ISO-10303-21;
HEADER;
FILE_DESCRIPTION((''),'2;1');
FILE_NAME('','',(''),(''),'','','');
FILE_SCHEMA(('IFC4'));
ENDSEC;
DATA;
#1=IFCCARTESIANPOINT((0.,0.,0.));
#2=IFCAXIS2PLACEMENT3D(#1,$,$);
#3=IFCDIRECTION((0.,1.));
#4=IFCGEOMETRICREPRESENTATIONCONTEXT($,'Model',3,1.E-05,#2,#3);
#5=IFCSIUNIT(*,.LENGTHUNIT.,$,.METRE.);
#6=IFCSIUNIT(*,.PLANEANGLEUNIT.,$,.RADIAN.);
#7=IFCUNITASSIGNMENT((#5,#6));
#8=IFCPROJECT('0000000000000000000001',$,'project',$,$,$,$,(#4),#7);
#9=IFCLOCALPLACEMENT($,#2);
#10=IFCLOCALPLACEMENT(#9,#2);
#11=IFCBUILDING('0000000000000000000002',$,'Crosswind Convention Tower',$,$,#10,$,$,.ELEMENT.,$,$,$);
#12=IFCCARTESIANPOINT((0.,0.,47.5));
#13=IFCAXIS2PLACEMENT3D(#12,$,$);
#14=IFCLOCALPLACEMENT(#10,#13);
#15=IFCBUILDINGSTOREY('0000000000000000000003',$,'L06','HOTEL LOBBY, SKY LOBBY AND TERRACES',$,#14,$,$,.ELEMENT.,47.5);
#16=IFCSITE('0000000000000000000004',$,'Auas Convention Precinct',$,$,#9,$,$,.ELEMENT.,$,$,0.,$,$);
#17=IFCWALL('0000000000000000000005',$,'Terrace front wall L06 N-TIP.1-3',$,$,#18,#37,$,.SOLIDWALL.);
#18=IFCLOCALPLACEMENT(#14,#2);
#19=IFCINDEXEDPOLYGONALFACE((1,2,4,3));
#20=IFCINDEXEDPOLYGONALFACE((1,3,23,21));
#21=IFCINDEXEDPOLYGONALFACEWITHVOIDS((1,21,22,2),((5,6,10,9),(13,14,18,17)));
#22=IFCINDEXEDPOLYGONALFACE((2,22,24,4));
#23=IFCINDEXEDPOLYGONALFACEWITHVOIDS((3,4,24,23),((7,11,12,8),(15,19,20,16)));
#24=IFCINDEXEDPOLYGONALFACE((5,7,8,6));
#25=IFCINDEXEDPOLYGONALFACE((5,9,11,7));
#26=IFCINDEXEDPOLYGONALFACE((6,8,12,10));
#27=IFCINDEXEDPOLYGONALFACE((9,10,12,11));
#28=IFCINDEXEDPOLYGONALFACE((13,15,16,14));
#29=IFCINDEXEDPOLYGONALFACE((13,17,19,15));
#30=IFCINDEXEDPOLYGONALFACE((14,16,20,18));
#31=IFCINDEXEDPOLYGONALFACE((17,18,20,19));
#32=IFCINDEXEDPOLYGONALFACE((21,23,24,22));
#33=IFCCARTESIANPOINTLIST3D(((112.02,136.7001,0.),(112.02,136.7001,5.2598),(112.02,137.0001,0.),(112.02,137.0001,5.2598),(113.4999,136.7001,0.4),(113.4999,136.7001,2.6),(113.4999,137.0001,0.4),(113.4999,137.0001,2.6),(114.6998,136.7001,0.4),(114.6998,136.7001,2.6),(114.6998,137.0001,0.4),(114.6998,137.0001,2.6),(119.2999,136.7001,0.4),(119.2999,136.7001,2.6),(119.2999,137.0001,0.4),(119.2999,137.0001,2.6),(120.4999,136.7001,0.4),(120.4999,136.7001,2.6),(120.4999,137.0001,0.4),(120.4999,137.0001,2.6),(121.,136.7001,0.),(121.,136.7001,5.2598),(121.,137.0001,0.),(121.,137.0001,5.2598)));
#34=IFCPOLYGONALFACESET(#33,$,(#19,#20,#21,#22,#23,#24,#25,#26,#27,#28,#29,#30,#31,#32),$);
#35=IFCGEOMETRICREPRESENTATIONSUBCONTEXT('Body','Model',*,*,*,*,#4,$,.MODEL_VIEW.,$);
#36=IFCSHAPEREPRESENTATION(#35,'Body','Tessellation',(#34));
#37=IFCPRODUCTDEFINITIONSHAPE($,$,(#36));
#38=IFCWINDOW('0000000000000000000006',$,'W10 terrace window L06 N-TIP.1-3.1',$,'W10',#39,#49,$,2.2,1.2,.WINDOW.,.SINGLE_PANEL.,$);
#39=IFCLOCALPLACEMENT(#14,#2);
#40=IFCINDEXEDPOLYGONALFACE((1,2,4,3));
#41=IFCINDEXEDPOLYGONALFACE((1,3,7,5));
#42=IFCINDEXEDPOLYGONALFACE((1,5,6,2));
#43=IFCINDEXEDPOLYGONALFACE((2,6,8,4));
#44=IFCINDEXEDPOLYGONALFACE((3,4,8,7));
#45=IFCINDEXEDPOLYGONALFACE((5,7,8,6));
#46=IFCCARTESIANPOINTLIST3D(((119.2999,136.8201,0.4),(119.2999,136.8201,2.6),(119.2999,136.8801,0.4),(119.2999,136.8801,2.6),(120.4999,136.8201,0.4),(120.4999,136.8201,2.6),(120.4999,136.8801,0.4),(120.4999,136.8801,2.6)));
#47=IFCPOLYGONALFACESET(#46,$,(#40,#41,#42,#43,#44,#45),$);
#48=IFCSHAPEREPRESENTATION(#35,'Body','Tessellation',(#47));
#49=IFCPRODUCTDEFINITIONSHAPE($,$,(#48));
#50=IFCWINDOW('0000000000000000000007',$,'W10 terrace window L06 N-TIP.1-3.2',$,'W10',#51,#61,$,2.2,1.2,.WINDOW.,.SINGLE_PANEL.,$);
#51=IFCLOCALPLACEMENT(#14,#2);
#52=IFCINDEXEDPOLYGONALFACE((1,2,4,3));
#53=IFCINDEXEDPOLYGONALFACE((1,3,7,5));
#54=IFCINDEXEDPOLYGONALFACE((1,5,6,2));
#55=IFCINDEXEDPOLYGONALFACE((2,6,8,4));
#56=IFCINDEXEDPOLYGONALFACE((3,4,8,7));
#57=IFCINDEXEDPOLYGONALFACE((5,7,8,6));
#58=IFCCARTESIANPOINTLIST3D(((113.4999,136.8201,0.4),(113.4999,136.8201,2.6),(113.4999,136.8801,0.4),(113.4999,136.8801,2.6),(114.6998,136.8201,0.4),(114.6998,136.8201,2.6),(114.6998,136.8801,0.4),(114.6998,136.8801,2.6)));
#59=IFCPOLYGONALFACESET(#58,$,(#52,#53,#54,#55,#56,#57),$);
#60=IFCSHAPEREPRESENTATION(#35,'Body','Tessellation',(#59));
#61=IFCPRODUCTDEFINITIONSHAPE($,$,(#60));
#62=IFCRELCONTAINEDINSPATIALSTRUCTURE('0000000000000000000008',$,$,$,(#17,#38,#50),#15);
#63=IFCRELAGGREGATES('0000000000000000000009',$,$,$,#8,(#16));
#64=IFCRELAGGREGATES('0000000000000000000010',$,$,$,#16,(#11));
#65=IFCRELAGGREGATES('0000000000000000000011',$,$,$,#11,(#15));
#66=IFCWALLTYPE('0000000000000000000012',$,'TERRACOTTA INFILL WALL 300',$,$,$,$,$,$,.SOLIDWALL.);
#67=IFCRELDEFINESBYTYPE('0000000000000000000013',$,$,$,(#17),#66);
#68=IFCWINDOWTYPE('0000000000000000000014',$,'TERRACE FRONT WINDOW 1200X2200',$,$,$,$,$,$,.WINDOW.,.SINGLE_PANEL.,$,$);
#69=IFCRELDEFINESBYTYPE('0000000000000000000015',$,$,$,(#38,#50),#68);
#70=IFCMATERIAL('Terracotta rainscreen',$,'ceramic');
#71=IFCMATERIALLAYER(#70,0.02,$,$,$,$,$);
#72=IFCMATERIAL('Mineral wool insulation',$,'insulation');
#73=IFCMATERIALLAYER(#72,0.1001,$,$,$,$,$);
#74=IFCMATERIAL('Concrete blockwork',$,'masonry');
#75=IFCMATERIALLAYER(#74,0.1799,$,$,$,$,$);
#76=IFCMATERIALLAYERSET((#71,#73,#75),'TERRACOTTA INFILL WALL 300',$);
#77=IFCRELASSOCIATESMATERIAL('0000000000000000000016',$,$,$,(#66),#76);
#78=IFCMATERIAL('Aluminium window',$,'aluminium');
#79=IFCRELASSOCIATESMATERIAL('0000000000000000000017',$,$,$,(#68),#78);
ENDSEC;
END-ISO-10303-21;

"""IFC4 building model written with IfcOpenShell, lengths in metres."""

from ifc_helpers import new_model, si_unit, direction, frame, frame_2d, origin, place, context, subcontext, project, spatial, rectangle, extrude, material, layer, layer_set, type_object, element, fill, save


model = new_model("IFC4")

# Units and contexts
model_context = context("Model", 3, precision=1e-05, world=origin(), true_north=direction((0.0, 1.0)))
body_context = subcontext(model_context, "Body", "Model", "MODEL_VIEW")
ifc_project = project(units=[si_unit("LENGTHUNIT", "METRE"), si_unit("PLANEANGLEUNIT", "RADIAN")], contexts=[model_context])

# Site, building, storey
site_placement = place(None, origin())
site = spatial("IfcSite", under=ifc_project, at=site_placement, Name="Auas Convention Precinct", CompositionType="ELEMENT", RefElevation=0.0)
building_placement = place(site_placement, origin())
building = spatial("IfcBuilding", under=site, at=building_placement, Name="Crosswind Convention Tower", CompositionType="ELEMENT")
storey_placement = place(building_placement, frame((0.0, 0.0, 47.5)))
storey = spatial("IfcBuildingStorey", under=building, at=storey_placement, Name="L06", Description="HOTEL LOBBY, SKY LOBBY AND TERRACES", CompositionType="ELEMENT", Elevation=47.5)

# Wall, openings, windows
ifc_material_1 = material(Name="Terracotta rainscreen", Category="ceramic")
ifc_layer_1 = layer(ifc_material_1, 0.02)
ifc_material_2 = material(Name="Mineral wool insulation", Category="insulation")
ifc_layer_2 = layer(ifc_material_2, 0.1001)
ifc_material_3 = material(Name="Concrete blockwork", Category="masonry")
ifc_layer_3 = layer(ifc_material_3, 0.1799)
ifc_layer_set_1 = layer_set([ifc_layer_1, ifc_layer_2, ifc_layer_3], Name="TERRACOTTA INFILL WALL 300")
wall_type_1 = type_object("IfcWallType", Name="TERRACOTTA INFILL WALL 300", PredefinedType="SOLIDWALL", material=ifc_layer_set_1)
wall_1_placement = place(storey_placement, frame((121.0, 136.8501, 0.0), z_axis=(0.0, 0.0, 1.0), x_axis=(-1.0, 0.0, 0.0)))
wall_1 = element("IfcWall", 1, at=wall_1_placement, inside=storey, type_object=wall_type_1, Name="Terrace front wall L06 N-TIP.1-3", PredefinedType="SOLIDWALL", context=body_context, shape_type="SweptSolid", body=[
    extrude(rectangle(XDim=8.98, YDim=0.3, at=frame_2d((4.49, 0.0))), origin(), (0.0, 0.0, 1.0), 5.2598),
])
opening_1_placement = place(wall_1_placement, frame((0.5, 0.0, 0.3999)))
opening_1 = element("IfcOpeningElement", 2, at=opening_1_placement, cuts=wall_1, PredefinedType="OPENING", context=body_context, shape_type="SweptSolid", body=[
    extrude(rectangle(XDim=1.2, YDim=2.2, at=frame_2d((0.6001, 1.1001))), frame((0.0, 0.1599, 0.0), z_axis=(0.0, -1.0, 0.0), x_axis=(1.0, 0.0, 0.0)), (0.0, 0.0, 1.0), 0.3201),
])
opening_2_placement = place(wall_1_placement, frame((6.3, 0.0, 0.3999)))
opening_2 = element("IfcOpeningElement", 3, at=opening_2_placement, cuts=wall_1, PredefinedType="OPENING", context=body_context, shape_type="SweptSolid", body=[
    extrude(rectangle(XDim=1.2, YDim=2.2, at=frame_2d((0.6001, 1.1001))), frame((0.0, 0.1599, 0.0), z_axis=(0.0, -1.0, 0.0), x_axis=(1.0, 0.0, 0.0)), (0.0, 0.0, 1.0), 0.3201),
])
ifc_material_4 = material(Name="Aluminium window", Category="aluminium")
window_type = type_object("IfcWindowType", Name="TERRACE FRONT WINDOW 1200X2200", PartitioningType="SINGLE_PANEL", PredefinedType="WINDOW", material=ifc_material_4)
window_1_placement = place(opening_1_placement, origin())
window_1 = element("IfcWindow", 4, at=window_1_placement, inside=storey, type_object=window_type, Name="W10 terrace window L06 N-TIP.1-3.1", ObjectType="W10", OverallHeight=2.2, OverallWidth=1.2, PartitioningType="SINGLE_PANEL", PredefinedType="WINDOW", context=body_context, shape_type="SweptSolid", body=[
    extrude(rectangle(XDim=1.2, YDim=2.2, at=frame_2d((0.6001, 1.1001))), frame((0.0, 0.03, 0.0), z_axis=(0.0, -1.0, 0.0), x_axis=(1.0, 0.0, 0.0)), (0.0, 0.0, 1.0), 0.0601),
])
fill(opening_1, window_1)
window_2_placement = place(opening_2_placement, origin())
window_2 = element("IfcWindow", 5, at=window_2_placement, inside=storey, type_object=window_type, Name="W10 terrace window L06 N-TIP.1-3.2", ObjectType="W10", OverallHeight=2.2, OverallWidth=1.2, PartitioningType="SINGLE_PANEL", PredefinedType="WINDOW", context=body_context, shape_type="SweptSolid", body=[
    extrude(rectangle(XDim=1.2, YDim=2.2, at=frame_2d((0.6001, 1.1001))), frame((0.0, 0.03, 0.0), z_axis=(0.0, -1.0, 0.0), x_axis=(1.0, 0.0, 0.0)), (0.0, 0.0, 1.0), 0.0601),
])
fill(opening_2, window_2)

save(model, "model.ifc")
